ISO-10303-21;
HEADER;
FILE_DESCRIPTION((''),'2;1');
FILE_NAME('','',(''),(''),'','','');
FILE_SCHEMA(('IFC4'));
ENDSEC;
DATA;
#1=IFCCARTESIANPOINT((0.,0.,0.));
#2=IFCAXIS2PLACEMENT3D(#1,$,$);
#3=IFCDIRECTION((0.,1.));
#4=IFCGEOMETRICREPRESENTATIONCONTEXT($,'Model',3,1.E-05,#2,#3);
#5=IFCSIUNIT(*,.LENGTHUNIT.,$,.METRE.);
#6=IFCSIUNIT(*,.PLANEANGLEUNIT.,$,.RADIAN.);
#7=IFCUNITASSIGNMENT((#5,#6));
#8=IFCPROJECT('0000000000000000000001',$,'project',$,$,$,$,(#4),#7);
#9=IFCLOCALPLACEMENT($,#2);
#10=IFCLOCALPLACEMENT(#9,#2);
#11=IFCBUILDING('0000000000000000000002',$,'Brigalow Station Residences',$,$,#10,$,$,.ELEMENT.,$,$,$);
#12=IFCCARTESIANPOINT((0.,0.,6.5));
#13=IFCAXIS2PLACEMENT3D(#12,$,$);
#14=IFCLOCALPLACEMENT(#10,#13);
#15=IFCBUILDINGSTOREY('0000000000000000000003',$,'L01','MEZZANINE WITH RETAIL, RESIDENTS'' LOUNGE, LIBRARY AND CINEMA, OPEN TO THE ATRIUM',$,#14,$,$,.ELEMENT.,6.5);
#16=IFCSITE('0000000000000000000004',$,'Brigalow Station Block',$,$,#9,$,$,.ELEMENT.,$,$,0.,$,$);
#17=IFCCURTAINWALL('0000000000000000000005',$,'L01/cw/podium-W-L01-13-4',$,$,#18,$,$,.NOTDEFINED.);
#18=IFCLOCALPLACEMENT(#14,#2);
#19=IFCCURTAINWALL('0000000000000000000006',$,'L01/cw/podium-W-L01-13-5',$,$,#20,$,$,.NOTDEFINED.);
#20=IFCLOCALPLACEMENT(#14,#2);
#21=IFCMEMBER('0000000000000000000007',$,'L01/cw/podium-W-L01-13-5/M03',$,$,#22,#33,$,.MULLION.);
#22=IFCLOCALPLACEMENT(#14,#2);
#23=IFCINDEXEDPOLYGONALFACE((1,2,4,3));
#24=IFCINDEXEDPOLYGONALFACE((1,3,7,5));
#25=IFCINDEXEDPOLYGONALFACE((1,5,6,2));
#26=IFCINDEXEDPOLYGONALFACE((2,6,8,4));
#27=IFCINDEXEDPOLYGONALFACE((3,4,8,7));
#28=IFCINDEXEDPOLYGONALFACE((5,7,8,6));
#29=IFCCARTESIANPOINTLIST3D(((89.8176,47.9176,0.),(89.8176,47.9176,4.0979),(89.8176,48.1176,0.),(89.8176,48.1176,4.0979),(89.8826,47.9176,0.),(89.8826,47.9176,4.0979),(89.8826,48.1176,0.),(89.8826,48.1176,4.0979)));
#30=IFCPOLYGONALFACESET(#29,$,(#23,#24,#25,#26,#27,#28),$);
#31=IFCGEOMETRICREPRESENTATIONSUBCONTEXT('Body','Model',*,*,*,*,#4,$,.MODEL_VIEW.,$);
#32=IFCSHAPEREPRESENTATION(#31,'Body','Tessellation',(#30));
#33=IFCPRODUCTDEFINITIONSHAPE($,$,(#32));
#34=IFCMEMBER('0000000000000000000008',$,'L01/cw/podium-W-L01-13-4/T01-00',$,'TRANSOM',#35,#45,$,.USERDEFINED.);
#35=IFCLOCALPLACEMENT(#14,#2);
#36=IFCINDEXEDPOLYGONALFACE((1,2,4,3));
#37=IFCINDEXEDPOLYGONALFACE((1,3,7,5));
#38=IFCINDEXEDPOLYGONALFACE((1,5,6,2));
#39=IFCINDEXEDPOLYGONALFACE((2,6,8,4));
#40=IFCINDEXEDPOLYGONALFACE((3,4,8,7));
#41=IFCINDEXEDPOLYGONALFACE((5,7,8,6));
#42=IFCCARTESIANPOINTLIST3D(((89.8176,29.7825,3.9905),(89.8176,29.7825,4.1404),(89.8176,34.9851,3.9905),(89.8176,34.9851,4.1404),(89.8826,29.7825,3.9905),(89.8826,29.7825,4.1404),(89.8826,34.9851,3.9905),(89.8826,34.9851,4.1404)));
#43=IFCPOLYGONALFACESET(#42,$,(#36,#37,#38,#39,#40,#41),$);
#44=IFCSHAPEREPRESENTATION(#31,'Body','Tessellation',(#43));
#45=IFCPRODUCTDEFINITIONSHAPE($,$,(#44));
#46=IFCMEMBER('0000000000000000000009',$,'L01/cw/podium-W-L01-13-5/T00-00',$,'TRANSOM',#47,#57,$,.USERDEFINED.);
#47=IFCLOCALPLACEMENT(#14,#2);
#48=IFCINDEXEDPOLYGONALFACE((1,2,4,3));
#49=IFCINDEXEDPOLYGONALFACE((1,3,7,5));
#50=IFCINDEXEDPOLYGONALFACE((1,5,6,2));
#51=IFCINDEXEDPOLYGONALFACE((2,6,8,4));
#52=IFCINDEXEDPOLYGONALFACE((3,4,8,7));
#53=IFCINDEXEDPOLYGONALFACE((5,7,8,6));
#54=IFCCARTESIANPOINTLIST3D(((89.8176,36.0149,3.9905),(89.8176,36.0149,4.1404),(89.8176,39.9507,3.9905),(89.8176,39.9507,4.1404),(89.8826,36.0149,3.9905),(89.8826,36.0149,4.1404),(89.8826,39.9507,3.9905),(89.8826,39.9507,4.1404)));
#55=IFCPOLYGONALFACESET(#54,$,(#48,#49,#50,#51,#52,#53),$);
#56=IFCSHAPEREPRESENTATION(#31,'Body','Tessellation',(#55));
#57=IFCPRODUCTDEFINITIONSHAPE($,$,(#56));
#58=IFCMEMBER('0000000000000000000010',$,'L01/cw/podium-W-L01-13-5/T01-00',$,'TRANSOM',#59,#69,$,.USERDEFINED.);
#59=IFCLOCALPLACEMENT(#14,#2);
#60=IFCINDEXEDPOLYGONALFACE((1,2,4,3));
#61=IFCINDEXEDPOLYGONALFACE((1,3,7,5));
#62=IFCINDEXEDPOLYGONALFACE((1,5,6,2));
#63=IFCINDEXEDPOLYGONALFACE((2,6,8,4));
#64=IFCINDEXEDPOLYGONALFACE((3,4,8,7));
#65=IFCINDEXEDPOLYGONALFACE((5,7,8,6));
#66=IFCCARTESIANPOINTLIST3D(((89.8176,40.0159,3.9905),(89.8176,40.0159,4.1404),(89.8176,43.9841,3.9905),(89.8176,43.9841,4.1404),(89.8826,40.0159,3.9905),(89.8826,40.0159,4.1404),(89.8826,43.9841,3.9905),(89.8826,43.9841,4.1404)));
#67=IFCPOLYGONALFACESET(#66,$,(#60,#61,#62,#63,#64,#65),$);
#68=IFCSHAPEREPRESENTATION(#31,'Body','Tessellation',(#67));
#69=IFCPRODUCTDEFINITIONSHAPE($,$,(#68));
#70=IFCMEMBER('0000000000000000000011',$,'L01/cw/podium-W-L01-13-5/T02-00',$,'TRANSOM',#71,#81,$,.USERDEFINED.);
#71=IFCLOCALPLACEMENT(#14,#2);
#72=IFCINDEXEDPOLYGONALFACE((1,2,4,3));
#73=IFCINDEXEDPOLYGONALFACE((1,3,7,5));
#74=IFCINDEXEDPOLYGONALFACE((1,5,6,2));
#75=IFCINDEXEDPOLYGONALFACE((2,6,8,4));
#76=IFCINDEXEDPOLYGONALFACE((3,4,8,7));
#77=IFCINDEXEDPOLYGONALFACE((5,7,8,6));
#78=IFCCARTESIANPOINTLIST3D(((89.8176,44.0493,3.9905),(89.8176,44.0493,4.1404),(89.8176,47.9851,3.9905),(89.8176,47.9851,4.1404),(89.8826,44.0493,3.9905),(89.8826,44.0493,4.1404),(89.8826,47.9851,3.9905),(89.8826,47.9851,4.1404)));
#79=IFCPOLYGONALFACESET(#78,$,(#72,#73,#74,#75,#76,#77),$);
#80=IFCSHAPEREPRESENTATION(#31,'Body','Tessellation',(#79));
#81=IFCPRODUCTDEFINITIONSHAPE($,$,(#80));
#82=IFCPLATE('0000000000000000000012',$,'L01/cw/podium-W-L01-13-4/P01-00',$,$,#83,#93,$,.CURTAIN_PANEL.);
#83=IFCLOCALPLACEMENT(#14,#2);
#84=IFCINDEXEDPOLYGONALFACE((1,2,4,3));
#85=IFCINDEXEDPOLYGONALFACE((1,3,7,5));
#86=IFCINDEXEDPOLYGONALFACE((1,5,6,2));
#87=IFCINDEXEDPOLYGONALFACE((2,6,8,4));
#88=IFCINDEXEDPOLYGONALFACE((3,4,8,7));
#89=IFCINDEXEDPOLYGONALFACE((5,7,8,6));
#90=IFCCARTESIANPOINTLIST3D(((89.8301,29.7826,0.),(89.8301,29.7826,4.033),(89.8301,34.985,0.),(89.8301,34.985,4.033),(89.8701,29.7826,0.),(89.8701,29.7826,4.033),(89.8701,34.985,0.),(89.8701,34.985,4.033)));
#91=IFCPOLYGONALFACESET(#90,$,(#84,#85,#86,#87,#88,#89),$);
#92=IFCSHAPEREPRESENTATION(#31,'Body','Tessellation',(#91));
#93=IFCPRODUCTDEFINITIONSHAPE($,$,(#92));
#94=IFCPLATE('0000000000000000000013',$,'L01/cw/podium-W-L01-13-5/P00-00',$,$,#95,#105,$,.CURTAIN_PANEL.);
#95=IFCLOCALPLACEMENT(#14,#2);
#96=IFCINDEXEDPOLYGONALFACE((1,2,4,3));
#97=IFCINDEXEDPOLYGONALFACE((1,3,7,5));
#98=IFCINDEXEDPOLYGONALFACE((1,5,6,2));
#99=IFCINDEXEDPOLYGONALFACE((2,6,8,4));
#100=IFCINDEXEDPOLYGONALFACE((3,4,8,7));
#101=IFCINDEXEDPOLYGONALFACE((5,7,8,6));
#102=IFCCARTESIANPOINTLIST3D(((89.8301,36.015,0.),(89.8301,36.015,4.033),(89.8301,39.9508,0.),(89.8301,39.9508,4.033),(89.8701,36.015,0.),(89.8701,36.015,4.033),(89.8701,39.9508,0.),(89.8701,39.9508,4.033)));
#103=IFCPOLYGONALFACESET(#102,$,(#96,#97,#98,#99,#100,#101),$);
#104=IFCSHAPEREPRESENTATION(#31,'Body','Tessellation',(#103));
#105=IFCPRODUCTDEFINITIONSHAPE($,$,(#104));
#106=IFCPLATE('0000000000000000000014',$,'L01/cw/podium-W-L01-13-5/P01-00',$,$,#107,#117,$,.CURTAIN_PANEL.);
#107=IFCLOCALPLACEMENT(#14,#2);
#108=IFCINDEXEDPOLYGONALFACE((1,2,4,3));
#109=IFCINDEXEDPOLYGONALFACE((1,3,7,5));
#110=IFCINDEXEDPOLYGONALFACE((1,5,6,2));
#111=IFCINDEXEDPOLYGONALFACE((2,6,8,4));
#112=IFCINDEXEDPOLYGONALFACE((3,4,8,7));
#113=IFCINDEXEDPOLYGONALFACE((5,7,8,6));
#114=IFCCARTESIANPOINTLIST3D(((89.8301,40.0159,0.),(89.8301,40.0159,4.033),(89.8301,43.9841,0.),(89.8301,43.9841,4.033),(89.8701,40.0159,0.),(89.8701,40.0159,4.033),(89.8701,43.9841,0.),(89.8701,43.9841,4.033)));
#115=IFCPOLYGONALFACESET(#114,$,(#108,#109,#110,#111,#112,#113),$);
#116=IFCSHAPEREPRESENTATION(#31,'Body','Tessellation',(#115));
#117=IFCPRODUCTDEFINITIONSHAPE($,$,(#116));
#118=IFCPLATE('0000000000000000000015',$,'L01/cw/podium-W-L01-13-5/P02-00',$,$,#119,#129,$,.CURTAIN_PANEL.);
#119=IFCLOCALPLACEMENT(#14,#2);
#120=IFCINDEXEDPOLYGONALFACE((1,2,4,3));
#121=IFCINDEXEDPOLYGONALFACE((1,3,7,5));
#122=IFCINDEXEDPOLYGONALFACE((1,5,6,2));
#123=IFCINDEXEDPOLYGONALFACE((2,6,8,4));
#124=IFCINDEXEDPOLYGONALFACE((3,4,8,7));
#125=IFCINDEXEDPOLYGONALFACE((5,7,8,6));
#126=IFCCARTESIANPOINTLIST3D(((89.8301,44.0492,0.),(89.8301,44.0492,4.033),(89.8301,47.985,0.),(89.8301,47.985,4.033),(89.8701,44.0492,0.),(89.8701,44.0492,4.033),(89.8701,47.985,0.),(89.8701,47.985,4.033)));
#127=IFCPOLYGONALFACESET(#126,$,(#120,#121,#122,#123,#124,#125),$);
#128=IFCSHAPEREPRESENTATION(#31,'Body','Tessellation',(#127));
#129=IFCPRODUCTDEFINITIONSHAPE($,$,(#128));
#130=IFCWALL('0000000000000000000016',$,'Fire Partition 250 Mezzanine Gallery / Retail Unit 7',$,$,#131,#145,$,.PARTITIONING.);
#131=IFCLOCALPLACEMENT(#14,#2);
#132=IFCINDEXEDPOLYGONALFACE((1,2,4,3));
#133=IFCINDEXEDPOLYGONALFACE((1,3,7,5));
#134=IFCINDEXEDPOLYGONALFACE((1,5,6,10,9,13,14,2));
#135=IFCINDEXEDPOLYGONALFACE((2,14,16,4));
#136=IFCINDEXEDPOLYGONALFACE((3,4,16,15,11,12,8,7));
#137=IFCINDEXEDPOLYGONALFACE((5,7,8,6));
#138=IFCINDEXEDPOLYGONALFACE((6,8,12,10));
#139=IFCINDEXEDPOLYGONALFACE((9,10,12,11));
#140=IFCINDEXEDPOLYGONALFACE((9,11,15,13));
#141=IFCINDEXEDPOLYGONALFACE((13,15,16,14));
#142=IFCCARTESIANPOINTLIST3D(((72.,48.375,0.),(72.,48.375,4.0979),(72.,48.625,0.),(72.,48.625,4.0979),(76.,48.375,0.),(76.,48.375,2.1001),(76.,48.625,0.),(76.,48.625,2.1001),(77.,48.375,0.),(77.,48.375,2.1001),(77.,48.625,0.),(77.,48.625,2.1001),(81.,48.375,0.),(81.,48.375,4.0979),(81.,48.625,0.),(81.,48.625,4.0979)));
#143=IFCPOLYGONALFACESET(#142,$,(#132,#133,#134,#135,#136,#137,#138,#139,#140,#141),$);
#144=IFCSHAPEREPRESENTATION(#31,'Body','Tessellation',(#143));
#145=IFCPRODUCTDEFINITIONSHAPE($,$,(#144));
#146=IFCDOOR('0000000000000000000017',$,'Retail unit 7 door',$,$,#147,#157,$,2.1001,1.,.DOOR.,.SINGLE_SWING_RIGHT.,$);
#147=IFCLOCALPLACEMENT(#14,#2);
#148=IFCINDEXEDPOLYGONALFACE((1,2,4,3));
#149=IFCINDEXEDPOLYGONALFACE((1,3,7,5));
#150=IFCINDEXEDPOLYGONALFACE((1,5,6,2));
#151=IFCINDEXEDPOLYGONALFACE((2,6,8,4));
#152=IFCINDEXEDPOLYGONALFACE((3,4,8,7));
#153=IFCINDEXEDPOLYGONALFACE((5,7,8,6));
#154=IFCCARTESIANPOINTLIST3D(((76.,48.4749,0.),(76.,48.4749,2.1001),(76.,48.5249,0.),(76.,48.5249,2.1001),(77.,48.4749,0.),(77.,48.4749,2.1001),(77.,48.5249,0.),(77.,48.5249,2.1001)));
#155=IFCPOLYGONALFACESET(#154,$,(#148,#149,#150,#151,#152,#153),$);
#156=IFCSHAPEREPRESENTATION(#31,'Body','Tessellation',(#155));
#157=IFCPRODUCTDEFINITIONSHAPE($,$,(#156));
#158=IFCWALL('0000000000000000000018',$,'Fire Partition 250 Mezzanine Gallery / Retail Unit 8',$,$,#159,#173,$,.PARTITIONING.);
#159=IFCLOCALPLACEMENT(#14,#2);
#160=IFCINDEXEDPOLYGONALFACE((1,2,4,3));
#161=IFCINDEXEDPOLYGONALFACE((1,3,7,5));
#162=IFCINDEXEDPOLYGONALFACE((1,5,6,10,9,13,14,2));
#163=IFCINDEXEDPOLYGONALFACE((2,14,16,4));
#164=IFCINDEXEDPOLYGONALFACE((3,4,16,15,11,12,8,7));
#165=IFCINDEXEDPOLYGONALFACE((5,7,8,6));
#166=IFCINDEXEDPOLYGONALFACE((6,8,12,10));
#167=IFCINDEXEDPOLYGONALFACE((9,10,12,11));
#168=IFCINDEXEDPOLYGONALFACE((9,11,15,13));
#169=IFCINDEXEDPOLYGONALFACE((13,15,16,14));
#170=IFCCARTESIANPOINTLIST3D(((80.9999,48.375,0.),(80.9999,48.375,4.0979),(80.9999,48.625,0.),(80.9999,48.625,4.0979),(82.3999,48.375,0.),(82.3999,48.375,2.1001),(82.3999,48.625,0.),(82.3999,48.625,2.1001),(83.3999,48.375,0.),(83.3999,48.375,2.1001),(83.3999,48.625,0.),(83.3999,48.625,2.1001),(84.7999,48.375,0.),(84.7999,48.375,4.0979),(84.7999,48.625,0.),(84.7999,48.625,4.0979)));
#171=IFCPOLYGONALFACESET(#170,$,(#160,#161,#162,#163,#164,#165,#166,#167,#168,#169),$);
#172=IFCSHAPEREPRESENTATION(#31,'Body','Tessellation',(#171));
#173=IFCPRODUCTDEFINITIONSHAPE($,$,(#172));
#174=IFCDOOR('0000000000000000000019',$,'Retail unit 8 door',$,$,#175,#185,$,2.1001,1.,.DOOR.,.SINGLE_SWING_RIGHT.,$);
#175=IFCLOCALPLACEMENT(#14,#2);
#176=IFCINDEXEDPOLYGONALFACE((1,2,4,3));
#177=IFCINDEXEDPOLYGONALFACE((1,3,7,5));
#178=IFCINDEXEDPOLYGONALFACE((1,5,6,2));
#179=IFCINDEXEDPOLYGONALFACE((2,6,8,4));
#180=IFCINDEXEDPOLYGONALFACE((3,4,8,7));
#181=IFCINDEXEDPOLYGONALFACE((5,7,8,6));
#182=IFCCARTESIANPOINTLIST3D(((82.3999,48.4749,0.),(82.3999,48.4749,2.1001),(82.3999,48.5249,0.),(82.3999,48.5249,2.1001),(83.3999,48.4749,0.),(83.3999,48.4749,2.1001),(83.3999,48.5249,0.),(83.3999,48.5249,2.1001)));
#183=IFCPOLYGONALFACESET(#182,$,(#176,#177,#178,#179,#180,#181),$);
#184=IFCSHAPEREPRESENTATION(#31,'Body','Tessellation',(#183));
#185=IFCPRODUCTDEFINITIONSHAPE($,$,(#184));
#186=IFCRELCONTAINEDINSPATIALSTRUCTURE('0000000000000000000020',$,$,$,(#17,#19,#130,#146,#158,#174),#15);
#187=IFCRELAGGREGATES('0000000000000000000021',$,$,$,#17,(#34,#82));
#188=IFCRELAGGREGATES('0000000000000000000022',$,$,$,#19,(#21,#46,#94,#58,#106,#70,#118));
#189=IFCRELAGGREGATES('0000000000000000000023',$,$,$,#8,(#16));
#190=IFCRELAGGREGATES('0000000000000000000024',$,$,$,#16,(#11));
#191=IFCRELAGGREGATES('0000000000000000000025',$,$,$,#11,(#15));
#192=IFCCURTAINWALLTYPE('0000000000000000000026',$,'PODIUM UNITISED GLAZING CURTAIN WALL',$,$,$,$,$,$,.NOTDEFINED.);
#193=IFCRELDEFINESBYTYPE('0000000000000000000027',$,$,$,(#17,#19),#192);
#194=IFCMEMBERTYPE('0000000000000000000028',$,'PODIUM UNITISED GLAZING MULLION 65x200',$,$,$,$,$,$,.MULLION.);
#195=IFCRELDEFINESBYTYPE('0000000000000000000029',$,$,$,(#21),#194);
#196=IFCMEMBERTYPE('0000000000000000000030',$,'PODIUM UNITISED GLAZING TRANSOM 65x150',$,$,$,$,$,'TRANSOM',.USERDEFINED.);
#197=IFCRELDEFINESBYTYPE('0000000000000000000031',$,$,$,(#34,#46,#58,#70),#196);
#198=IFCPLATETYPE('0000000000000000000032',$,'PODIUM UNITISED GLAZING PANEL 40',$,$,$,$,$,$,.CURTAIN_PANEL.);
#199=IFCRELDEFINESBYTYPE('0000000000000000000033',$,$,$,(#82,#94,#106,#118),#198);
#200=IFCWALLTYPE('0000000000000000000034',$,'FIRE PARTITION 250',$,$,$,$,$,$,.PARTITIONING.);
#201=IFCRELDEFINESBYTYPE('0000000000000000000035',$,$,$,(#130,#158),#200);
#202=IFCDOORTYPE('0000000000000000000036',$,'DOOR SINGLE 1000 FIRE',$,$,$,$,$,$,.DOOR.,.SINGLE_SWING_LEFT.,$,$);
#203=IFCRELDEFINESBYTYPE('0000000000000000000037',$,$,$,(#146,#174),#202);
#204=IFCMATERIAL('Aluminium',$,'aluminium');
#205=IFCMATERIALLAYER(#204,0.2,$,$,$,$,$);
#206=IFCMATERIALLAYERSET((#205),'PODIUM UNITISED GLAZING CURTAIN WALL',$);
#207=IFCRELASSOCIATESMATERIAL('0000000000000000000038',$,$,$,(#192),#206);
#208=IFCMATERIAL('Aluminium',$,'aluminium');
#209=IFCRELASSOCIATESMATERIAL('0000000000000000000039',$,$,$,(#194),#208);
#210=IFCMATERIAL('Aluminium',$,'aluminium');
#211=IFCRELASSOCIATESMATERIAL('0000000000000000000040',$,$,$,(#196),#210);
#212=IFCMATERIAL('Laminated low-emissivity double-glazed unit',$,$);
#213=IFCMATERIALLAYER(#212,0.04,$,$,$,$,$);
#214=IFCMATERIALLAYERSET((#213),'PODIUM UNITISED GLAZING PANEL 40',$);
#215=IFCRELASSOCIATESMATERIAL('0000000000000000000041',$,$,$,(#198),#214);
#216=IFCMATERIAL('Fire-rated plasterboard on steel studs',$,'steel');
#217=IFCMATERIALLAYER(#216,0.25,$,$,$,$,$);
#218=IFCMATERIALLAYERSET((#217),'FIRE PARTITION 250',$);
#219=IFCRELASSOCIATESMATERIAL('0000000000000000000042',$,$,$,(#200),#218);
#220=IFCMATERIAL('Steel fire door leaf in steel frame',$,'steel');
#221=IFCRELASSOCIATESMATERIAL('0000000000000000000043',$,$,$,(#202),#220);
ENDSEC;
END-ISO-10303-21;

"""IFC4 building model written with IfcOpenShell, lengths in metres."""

from ifc_helpers import new_model, si_unit, direction, frame, frame_2d, origin, origin_2d, place, context, subcontext, project, spatial, rectangle, extrude, material, layer, layer_set, material_profile, profile_set, type_object, element, fill, aggregate, save


model = new_model("IFC4")

# Units and contexts
model_context = context("Model", 3, precision=1e-05, world=origin(), true_north=direction((0.0, 1.0)))
body_context = subcontext(model_context, "Body", "Model", "MODEL_VIEW")
ifc_project = project(units=[si_unit("LENGTHUNIT", "METRE"), si_unit("PLANEANGLEUNIT", "RADIAN")], contexts=[model_context])

# Site, building, storey
site_placement = place(None, origin())
site = spatial("IfcSite", under=ifc_project, at=site_placement, Name="Brigalow Station Block", CompositionType="ELEMENT", RefElevation=0.0)
building_placement = place(site_placement, origin())
building = spatial("IfcBuilding", under=site, at=building_placement, Name="Brigalow Station Residences", CompositionType="ELEMENT")
storey_placement = place(building_placement, frame((0.0, 0.0, 6.5)))
storey = spatial("IfcBuildingStorey", under=building, at=storey_placement, Name="L01", Description="MEZZANINE WITH RETAIL, RESIDENTS' LOUNGE, LIBRARY AND CINEMA, OPEN TO THE ATRIUM", CompositionType="ELEMENT", Elevation=6.5)

# Curtain walls, member
ifc_material_1 = material(Name="Aluminium", Category="aluminium")
ifc_layer_1 = layer(ifc_material_1, 0.2)
ifc_layer_set_1 = layer_set([ifc_layer_1], Name="PODIUM UNITISED GLAZING CURTAIN WALL")
curtain_wall_type = type_object("IfcCurtainWallType", Name="PODIUM UNITISED GLAZING CURTAIN WALL", PredefinedType="NOTDEFINED", material=ifc_layer_set_1)
curtain_wall_1_placement = place(storey_placement, origin())
curtain_wall_1 = element("IfcCurtainWall", 1, at=curtain_wall_1_placement, inside=storey, type_object=curtain_wall_type, Name="L01/cw/podium-W-L01-13-4", PredefinedType="NOTDEFINED")
ifc_material_2 = material(Name="Aluminium", Category="aluminium")
ifc_material_profile_1 = material_profile(ifc_material_2, rectangle(XDim=0.0649, YDim=0.2, at=origin_2d()), Name="PODIUM UNITISED GLAZING MULLION 65x200")
ifc_profile_set_1 = profile_set([ifc_material_profile_1], Name="Aluminium")
member_type_1 = type_object("IfcMemberType", Name="PODIUM UNITISED GLAZING MULLION 65x200", PredefinedType="MULLION", material=ifc_profile_set_1)
curtain_wall_2_placement = place(storey_placement, origin())
curtain_wall_2 = element("IfcCurtainWall", 2, at=curtain_wall_2_placement, inside=storey, type_object=curtain_wall_type, Name="L01/cw/podium-W-L01-13-5", PredefinedType="NOTDEFINED")
member_1_placement = place(storey_placement, frame((89.8501, 48.0176, 0.0), z_axis=(0.0, 0.0, 1.0), x_axis=(-1.0, 0.0, 0.0)))
member_1 = element("IfcMember", 3, at=member_1_placement, type_object=member_type_1, Name="L01/cw/podium-W-L01-13-5/M03", PredefinedType="MULLION", context=body_context, shape_type="SweptSolid", body=[
    extrude(rectangle(XDim=0.0649, YDim=0.2, at=origin_2d()), origin(), (0.0, 0.0, 1.0), 4.0979),
])

# Members
ifc_material_3 = material(Name="Aluminium", Category="aluminium")
ifc_material_profile_2 = material_profile(ifc_material_3, rectangle(XDim=0.0649, YDim=0.1499, at=origin_2d()), Name="PODIUM UNITISED GLAZING TRANSOM 65x150")
ifc_profile_set_2 = profile_set([ifc_material_profile_2], Name="Aluminium")
member_type_2 = type_object("IfcMemberType", Name="PODIUM UNITISED GLAZING TRANSOM 65x150", ElementType="TRANSOM", PredefinedType="USERDEFINED", material=ifc_profile_set_2)
member_2_placement = place(storey_placement, frame((89.8501, 29.7825, 4.0654), z_axis=(0.0, 1.0, 0.0), x_axis=(-1.0, 0.0, 0.0)))
member_2 = element("IfcMember", 4, at=member_2_placement, type_object=member_type_2, Name="L01/cw/podium-W-L01-13-4/T01-00", ObjectType="TRANSOM", PredefinedType="USERDEFINED", context=body_context, shape_type="SweptSolid", body=[
    extrude(rectangle(XDim=0.0649, YDim=0.1499, at=origin_2d()), origin(), (0.0, 0.0, 1.0), 5.2026),
])
member_3_placement = place(storey_placement, frame((89.8501, 36.0149, 4.0654), z_axis=(0.0, 1.0, 0.0), x_axis=(-1.0, 0.0, 0.0)))
member_3 = element("IfcMember", 5, at=member_3_placement, type_object=member_type_2, Name="L01/cw/podium-W-L01-13-5/T00-00", ObjectType="TRANSOM", PredefinedType="USERDEFINED", context=body_context, shape_type="SweptSolid", body=[
    extrude(rectangle(XDim=0.0649, YDim=0.1499, at=origin_2d()), origin(), (0.0, 0.0, 1.0), 3.9358),
])
member_4_placement = place(storey_placement, frame((89.8501, 40.0159, 4.0654), z_axis=(0.0, 1.0, 0.0), x_axis=(-1.0, 0.0, 0.0)))
member_4 = element("IfcMember", 6, at=member_4_placement, type_object=member_type_2, Name="L01/cw/podium-W-L01-13-5/T01-00", ObjectType="TRANSOM", PredefinedType="USERDEFINED", context=body_context, shape_type="SweptSolid", body=[
    extrude(rectangle(XDim=0.0649, YDim=0.1499, at=origin_2d()), origin(), (0.0, 0.0, 1.0), 3.9683),
])
member_5_placement = place(storey_placement, frame((89.8501, 44.0493, 4.0654), z_axis=(0.0, 1.0, 0.0), x_axis=(-1.0, 0.0, 0.0)))
member_5 = element("IfcMember", 7, at=member_5_placement, type_object=member_type_2, Name="L01/cw/podium-W-L01-13-5/T02-00", ObjectType="TRANSOM", PredefinedType="USERDEFINED", context=body_context, shape_type="SweptSolid", body=[
    extrude(rectangle(XDim=0.0649, YDim=0.1499, at=origin_2d()), origin(), (0.0, 0.0, 1.0), 3.9358),
])

# Plates
ifc_material_4 = material(Name="Laminated low-emissivity double-glazed unit")
ifc_layer_2 = layer(ifc_material_4, 0.04)
ifc_layer_set_2 = layer_set([ifc_layer_2], Name="PODIUM UNITISED GLAZING PANEL 40")
plate_type = type_object("IfcPlateType", Name="PODIUM UNITISED GLAZING PANEL 40", PredefinedType="CURTAIN_PANEL", material=ifc_layer_set_2)
plate_1_placement = place(storey_placement, frame((89.8501, 32.3838, 0.0), z_axis=(0.0, 0.0, 1.0), x_axis=(0.0, 1.0, 0.0)))
plate_1 = element("IfcPlate", 8, at=plate_1_placement, type_object=plate_type, Name="L01/cw/podium-W-L01-13-4/P01-00", PredefinedType="CURTAIN_PANEL", context=body_context, shape_type="SweptSolid", body=[
    extrude(rectangle(XDim=5.2024, YDim=0.04, at=origin_2d()), origin(), (0.0, 0.0, 1.0), 4.033),
])
aggregate(curtain_wall_1, [member_2, plate_1])
plate_2_placement = place(storey_placement, frame((89.8501, 37.9829, 0.0), z_axis=(0.0, 0.0, 1.0), x_axis=(0.0, 1.0, 0.0)))
plate_2 = element("IfcPlate", 9, at=plate_2_placement, type_object=plate_type, Name="L01/cw/podium-W-L01-13-5/P00-00", PredefinedType="CURTAIN_PANEL", context=body_context, shape_type="SweptSolid", body=[
    extrude(rectangle(XDim=3.9358, YDim=0.04, at=origin_2d()), origin(), (0.0, 0.0, 1.0), 4.033),
])
plate_3_placement = place(storey_placement, frame((89.8501, 42.0, 0.0), z_axis=(0.0, 0.0, 1.0), x_axis=(0.0, 1.0, 0.0)))
plate_3 = element("IfcPlate", 10, at=plate_3_placement, type_object=plate_type, Name="L01/cw/podium-W-L01-13-5/P01-00", PredefinedType="CURTAIN_PANEL", context=body_context, shape_type="SweptSolid", body=[
    extrude(rectangle(XDim=3.9683, YDim=0.04, at=origin_2d()), origin(), (0.0, 0.0, 1.0), 4.033),
])
plate_4_placement = place(storey_placement, frame((89.8501, 46.0171, 0.0), z_axis=(0.0, 0.0, 1.0), x_axis=(0.0, 1.0, 0.0)))
plate_4 = element("IfcPlate", 11, at=plate_4_placement, type_object=plate_type, Name="L01/cw/podium-W-L01-13-5/P02-00", PredefinedType="CURTAIN_PANEL", context=body_context, shape_type="SweptSolid", body=[
    extrude(rectangle(XDim=3.9358, YDim=0.04, at=origin_2d()), origin(), (0.0, 0.0, 1.0), 4.033),
])
aggregate(curtain_wall_2, [member_1, member_3, plate_2, member_4, plate_3, member_5, plate_4])

# Walls, openings, doors
ifc_material_5 = material(Name="Fire-rated plasterboard on steel studs", Category="steel")
ifc_layer_3 = layer(ifc_material_5, 0.25)
ifc_layer_set_3 = layer_set([ifc_layer_3], Name="FIRE PARTITION 250")
wall_type_1 = type_object("IfcWallType", Name="FIRE PARTITION 250", PredefinedType="PARTITIONING", material=ifc_layer_set_3)
wall_1_placement = place(storey_placement, frame((72.0, 48.5, 0.0), z_axis=(0.0, 0.0, 1.0), x_axis=(1.0, 0.0, 0.0)))
wall_1 = element("IfcWall", 12, at=wall_1_placement, inside=storey, type_object=wall_type_1, Name="Fire Partition 250 Mezzanine Gallery / Retail Unit 7", PredefinedType="PARTITIONING", context=body_context, shape_type="SweptSolid", body=[
    extrude(rectangle(XDim=9.0, YDim=0.25, at=frame_2d((4.5, 0.0))), origin(), (0.0, 0.0, 1.0), 4.0979),
])
opening_1_placement = place(wall_1_placement, frame((4.0, 0.0, 0.0)))
opening_1 = element("IfcOpeningElement", 13, at=opening_1_placement, cuts=wall_1, PredefinedType="OPENING", context=body_context, shape_type="SweptSolid", body=[
    extrude(rectangle(XDim=1.0, YDim=2.1001, at=frame_2d((0.5, 1.05))), frame((0.0, 0.135, 0.0), z_axis=(0.0, -1.0, 0.0), x_axis=(1.0, 0.0, 0.0)), (0.0, 0.0, 1.0), 0.27),
])
ifc_material_6 = material(Name="Steel fire door leaf in steel frame", Category="steel")
door_type_1 = type_object("IfcDoorType", Name="DOOR SINGLE 1000 FIRE", OperationType="SINGLE_SWING_LEFT", PredefinedType="DOOR", material=ifc_material_6)
door_1_placement = place(opening_1_placement, origin())
door_1 = element("IfcDoor", 14, at=door_1_placement, inside=storey, type_object=door_type_1, Name="Retail unit 7 door", OperationType="SINGLE_SWING_RIGHT", OverallHeight=2.1001, OverallWidth=1.0, PredefinedType="DOOR", context=body_context, shape_type="SweptSolid", body=[
    extrude(rectangle(XDim=1.0, YDim=2.1001, at=frame_2d((0.5, 1.05))), frame((0.0, 0.0249, 0.0), z_axis=(0.0, -1.0, 0.0), x_axis=(1.0, 0.0, 0.0)), (0.0, 0.0, 1.0), 0.05),
])
fill(opening_1, door_1)
wall_2_placement = place(storey_placement, frame((81.0, 48.5, 0.0), z_axis=(0.0, 0.0, 1.0), x_axis=(1.0, 0.0, 0.0)))
wall_2 = element("IfcWall", 15, at=wall_2_placement, inside=storey, type_object=wall_type_1, Name="Fire Partition 250 Mezzanine Gallery / Retail Unit 8", PredefinedType="PARTITIONING", context=body_context, shape_type="SweptSolid", body=[
    extrude(rectangle(XDim=3.8, YDim=0.25, at=frame_2d((1.8999, 0.0))), origin(), (0.0, 0.0, 1.0), 4.0979),
])
opening_2_placement = place(wall_2_placement, frame((1.3999, 0.0, 0.0)))
opening_2 = element("IfcOpeningElement", 16, at=opening_2_placement, cuts=wall_2, PredefinedType="OPENING", context=body_context, shape_type="SweptSolid", body=[
    extrude(rectangle(XDim=1.0, YDim=2.1001, at=frame_2d((0.5, 1.05))), frame((0.0, 0.135, 0.0), z_axis=(0.0, -1.0, 0.0), x_axis=(1.0, 0.0, 0.0)), (0.0, 0.0, 1.0), 0.27),
])
door_2_placement = place(opening_2_placement, origin())
door_2 = element("IfcDoor", 17, at=door_2_placement, inside=storey, type_object=door_type_1, Name="Retail unit 8 door", OperationType="SINGLE_SWING_RIGHT", OverallHeight=2.1001, OverallWidth=1.0, PredefinedType="DOOR", context=body_context, shape_type="SweptSolid", body=[
    extrude(rectangle(XDim=1.0, YDim=2.1001, at=frame_2d((0.5, 1.05))), frame((0.0, 0.0249, 0.0), z_axis=(0.0, -1.0, 0.0), x_axis=(1.0, 0.0, 0.0)), (0.0, 0.0, 1.0), 0.05),
])
fill(opening_2, door_2)

save(model, "model.ifc")
